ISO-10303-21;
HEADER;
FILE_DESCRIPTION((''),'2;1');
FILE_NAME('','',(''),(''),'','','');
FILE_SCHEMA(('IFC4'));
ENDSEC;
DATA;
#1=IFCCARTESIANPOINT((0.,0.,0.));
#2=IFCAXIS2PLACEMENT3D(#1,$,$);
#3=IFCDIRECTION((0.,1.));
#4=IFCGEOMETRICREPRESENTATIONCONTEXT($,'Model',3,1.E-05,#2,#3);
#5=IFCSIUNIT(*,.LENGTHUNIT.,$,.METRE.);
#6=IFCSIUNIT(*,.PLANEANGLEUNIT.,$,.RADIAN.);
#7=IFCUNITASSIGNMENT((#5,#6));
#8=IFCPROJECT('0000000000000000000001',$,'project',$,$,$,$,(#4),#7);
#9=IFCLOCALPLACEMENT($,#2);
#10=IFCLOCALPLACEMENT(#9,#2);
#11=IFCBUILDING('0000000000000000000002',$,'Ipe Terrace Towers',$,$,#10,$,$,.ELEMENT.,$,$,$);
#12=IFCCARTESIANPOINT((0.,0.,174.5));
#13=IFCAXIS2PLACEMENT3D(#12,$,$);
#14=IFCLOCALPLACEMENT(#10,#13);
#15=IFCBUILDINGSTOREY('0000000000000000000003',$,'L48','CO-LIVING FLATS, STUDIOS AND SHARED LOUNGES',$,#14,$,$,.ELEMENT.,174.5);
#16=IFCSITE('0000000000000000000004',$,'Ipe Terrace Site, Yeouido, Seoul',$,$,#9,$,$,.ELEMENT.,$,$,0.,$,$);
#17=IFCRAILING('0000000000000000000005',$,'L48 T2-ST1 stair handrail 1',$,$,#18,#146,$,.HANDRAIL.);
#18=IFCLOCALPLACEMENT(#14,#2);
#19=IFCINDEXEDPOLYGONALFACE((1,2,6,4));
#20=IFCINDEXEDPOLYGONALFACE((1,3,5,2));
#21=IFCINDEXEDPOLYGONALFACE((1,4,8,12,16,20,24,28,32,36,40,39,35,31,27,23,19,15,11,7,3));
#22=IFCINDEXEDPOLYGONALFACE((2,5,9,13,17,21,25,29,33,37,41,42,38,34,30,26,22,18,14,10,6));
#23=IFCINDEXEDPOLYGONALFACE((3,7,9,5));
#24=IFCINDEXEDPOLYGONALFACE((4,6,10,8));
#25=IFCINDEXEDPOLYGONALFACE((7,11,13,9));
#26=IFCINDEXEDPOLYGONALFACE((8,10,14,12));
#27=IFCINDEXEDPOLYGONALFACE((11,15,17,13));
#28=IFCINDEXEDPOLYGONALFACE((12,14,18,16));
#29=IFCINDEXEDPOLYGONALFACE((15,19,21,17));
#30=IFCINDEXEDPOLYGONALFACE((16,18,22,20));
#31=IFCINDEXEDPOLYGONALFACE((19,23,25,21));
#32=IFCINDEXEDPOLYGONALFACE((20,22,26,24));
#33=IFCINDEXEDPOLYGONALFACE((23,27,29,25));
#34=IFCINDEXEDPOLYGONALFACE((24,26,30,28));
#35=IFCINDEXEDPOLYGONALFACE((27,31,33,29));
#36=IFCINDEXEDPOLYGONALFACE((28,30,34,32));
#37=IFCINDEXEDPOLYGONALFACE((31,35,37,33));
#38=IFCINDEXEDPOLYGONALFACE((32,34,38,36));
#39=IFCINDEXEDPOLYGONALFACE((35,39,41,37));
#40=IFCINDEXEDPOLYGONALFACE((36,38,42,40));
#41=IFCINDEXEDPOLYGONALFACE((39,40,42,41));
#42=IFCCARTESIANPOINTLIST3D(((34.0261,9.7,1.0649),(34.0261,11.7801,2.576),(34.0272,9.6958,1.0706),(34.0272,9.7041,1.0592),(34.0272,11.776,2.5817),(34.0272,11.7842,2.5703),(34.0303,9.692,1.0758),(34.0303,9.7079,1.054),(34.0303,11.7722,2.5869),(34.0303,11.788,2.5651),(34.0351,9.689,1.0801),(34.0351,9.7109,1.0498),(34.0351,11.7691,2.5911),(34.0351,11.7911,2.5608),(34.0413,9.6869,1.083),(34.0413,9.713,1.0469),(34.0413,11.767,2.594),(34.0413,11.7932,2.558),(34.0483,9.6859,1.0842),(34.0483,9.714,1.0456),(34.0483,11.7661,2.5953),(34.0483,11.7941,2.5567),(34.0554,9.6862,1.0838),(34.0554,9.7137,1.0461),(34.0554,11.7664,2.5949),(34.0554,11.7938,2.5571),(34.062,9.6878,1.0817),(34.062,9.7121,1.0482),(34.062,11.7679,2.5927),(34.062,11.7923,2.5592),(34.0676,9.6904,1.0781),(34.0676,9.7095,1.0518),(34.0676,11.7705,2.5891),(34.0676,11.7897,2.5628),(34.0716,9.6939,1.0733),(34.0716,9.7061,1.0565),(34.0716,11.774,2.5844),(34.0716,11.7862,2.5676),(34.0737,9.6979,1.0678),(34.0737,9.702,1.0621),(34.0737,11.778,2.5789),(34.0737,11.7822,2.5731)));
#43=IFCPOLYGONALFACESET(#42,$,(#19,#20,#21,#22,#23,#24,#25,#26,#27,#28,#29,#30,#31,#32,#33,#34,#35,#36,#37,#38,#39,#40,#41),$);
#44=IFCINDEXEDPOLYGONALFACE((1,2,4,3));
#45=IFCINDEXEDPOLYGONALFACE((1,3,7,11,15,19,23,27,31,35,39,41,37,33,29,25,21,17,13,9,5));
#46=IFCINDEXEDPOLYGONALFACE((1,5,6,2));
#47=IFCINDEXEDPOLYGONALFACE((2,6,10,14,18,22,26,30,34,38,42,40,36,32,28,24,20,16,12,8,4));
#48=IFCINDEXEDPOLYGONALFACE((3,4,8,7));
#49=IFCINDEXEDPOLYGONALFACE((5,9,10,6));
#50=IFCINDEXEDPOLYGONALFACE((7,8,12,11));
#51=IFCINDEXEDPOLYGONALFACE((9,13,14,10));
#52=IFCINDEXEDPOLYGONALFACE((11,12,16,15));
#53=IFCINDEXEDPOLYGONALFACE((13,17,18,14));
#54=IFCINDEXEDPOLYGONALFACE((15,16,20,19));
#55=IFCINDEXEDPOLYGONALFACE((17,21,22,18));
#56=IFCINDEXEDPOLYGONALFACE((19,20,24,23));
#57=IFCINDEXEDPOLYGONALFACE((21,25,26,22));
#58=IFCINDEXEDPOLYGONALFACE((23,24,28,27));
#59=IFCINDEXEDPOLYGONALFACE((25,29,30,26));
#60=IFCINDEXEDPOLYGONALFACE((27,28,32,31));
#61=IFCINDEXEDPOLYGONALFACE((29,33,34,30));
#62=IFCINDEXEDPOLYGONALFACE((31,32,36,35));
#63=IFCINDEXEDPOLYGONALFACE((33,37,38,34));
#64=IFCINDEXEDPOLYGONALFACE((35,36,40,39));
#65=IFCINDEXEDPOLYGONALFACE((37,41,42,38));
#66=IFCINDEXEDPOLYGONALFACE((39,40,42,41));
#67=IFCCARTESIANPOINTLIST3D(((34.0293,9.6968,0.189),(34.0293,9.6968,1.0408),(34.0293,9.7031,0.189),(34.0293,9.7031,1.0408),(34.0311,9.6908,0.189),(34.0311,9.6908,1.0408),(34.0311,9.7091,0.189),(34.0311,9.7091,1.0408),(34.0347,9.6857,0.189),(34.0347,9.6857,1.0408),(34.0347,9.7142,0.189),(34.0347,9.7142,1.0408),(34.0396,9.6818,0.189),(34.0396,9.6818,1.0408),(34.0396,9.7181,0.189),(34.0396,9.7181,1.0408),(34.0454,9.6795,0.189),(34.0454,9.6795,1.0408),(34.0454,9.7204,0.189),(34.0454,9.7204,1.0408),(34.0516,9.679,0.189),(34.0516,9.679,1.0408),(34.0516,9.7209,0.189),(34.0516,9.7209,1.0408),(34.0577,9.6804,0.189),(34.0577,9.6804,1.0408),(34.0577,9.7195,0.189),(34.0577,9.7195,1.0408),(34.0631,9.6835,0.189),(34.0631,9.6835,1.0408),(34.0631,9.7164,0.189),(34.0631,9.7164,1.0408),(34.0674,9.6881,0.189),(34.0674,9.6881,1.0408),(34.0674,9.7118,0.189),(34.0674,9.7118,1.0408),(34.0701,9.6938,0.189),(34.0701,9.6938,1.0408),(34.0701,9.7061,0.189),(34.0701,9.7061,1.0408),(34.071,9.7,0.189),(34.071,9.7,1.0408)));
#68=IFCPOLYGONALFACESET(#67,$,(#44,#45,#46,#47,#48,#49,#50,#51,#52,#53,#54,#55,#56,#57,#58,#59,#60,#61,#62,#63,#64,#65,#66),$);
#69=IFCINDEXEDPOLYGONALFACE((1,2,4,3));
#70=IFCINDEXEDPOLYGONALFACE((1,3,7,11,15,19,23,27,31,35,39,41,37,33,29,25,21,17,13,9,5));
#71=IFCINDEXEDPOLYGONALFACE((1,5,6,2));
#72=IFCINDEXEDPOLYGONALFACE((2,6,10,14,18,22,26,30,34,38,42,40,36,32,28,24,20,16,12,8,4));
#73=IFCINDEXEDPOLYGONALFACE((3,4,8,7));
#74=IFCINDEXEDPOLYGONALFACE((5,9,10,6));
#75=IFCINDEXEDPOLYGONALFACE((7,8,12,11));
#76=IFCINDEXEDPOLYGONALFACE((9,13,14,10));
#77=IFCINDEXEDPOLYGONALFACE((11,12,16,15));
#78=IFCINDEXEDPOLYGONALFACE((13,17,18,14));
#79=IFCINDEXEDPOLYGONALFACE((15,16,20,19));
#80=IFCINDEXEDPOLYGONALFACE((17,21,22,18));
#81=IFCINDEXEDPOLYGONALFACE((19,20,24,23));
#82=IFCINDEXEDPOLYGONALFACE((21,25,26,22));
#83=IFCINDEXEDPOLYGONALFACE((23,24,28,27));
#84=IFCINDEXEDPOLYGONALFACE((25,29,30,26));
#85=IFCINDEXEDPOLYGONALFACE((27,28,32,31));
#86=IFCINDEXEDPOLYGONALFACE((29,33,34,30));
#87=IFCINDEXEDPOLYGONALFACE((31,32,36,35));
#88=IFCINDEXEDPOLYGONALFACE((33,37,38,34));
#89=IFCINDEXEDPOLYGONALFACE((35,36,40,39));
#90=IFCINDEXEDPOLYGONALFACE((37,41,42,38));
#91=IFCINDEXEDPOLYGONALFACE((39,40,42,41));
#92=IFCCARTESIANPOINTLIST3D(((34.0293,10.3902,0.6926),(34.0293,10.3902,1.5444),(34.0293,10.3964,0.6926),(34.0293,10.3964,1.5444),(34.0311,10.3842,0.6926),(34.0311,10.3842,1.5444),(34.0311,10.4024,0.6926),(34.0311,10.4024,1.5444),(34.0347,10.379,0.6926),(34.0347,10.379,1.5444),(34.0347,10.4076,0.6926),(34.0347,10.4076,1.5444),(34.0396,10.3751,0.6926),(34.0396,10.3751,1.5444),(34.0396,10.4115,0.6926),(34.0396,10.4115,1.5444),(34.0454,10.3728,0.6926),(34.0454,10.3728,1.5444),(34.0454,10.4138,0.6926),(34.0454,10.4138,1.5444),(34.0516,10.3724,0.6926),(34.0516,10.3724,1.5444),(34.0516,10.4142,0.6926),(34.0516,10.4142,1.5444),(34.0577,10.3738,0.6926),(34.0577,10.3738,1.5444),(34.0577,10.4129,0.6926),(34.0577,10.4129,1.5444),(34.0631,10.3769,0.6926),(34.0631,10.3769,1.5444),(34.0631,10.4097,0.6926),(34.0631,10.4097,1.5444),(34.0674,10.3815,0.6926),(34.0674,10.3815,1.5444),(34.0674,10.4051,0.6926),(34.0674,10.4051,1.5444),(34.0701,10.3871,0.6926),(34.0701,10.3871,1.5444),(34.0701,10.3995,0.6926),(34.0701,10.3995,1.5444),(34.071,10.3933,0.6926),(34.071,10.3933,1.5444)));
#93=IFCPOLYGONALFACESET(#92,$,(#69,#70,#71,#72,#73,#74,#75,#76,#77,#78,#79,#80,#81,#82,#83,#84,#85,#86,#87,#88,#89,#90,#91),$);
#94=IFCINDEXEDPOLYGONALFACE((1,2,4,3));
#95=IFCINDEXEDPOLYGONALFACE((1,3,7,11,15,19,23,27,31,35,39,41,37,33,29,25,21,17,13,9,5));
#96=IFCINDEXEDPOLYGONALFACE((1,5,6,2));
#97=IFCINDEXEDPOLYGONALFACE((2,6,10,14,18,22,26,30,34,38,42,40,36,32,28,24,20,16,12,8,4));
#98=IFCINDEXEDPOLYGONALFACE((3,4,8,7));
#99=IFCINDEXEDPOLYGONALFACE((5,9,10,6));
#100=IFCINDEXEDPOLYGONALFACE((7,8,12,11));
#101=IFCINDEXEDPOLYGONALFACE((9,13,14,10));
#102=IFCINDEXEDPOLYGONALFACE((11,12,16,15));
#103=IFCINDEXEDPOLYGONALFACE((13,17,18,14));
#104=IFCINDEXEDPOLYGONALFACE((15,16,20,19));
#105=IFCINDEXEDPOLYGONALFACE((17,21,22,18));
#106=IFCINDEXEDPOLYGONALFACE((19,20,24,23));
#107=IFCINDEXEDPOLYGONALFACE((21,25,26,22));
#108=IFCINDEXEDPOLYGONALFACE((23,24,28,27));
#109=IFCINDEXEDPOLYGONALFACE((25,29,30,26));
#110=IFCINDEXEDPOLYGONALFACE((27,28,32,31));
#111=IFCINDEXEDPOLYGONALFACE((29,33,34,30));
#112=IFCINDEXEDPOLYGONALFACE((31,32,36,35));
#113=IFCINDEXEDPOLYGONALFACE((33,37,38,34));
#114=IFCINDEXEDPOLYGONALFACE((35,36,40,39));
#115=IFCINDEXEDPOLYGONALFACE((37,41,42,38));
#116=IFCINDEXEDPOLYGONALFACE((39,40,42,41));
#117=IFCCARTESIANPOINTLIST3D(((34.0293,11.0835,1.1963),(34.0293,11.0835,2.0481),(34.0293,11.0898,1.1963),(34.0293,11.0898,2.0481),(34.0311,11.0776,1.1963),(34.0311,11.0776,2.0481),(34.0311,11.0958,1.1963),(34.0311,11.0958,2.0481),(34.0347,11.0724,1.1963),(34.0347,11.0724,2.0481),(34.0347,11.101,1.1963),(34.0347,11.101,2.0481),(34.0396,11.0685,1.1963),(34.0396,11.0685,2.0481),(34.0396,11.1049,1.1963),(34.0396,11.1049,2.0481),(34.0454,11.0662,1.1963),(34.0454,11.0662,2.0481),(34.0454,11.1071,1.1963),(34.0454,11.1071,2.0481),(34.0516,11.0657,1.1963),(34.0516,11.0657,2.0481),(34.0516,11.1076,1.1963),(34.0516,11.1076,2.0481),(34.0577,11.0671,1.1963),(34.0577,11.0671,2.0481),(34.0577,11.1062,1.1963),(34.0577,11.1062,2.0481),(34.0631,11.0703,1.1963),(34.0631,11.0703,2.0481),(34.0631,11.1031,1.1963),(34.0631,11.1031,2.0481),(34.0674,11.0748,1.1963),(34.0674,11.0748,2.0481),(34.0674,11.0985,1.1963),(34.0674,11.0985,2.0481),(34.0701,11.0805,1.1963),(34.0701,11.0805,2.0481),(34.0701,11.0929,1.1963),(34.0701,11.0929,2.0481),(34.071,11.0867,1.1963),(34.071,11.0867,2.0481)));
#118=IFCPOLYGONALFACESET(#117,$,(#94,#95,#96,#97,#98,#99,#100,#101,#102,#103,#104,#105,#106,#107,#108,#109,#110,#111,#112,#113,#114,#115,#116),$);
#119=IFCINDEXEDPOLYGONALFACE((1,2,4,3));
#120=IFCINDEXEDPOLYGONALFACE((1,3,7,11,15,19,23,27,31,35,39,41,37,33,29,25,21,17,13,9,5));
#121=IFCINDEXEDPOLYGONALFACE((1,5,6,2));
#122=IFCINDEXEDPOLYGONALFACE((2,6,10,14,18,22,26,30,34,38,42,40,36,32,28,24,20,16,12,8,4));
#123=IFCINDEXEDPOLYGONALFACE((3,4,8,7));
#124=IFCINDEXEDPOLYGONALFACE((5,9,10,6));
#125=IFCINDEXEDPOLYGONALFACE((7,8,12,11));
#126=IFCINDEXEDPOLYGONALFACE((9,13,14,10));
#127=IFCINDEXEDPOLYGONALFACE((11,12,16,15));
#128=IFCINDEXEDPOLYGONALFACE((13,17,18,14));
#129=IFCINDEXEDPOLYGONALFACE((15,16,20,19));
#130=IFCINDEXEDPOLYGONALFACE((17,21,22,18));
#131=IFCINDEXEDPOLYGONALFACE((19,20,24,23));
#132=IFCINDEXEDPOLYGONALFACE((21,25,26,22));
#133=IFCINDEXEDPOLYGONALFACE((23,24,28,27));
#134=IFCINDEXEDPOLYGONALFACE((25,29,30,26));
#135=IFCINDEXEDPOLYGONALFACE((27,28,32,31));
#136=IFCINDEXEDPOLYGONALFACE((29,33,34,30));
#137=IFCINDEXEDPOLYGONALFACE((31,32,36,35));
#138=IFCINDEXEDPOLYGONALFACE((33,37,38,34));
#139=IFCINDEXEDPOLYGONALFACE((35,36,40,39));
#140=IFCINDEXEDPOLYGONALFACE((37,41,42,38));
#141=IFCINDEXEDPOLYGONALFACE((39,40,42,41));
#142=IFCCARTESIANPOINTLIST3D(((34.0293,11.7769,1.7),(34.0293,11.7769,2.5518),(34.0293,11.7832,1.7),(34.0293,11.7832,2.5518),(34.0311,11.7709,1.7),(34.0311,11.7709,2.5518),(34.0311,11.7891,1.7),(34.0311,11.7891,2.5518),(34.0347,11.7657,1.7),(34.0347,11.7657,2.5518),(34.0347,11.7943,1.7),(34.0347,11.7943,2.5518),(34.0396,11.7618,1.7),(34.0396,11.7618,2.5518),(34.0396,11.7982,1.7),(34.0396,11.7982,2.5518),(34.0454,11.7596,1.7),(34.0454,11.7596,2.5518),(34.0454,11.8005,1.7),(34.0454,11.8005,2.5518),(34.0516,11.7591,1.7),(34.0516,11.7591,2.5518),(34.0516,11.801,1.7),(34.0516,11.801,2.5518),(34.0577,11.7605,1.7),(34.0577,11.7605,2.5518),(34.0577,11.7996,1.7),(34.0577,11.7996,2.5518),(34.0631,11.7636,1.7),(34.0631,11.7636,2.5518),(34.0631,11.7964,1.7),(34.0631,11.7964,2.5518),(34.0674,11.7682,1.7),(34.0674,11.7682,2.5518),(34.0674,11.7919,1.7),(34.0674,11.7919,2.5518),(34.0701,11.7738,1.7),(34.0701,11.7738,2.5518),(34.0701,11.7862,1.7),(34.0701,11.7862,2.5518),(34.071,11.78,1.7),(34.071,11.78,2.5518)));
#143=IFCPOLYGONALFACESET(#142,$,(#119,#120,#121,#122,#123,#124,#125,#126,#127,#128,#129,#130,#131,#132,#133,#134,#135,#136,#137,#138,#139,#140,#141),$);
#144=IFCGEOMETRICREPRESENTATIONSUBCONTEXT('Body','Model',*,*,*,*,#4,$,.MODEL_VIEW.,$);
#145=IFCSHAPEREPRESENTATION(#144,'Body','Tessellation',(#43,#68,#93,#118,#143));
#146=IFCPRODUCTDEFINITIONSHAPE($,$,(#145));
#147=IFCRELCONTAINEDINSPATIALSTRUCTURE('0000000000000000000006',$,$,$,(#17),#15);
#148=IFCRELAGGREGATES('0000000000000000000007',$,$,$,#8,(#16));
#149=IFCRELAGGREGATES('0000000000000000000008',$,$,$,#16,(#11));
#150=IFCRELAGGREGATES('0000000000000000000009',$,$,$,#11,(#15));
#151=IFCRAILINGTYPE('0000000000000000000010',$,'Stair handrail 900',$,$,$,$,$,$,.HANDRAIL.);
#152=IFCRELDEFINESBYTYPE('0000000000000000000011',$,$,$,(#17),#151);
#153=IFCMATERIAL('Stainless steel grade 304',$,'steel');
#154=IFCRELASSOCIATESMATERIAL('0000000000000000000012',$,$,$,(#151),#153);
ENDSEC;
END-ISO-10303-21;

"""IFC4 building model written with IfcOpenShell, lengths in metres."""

from ifc_helpers import new_model, si_unit, direction, frame, origin, origin_2d, place, context, subcontext, project, spatial, circle, extrude, material, type_object, element, save


model = new_model("IFC4")

# Units and contexts
model_context = context("Model", 3, precision=1e-05, world=origin(), true_north=direction((0.0, 1.0)))
body_context = subcontext(model_context, "Body", "Model", "MODEL_VIEW")
ifc_project = project(units=[si_unit("LENGTHUNIT", "METRE"), si_unit("PLANEANGLEUNIT", "RADIAN")], contexts=[model_context])

# Site, building, storey
site_placement = place(None, origin())
site = spatial("IfcSite", under=ifc_project, at=site_placement, Name="Ipe Terrace Site, Yeouido, Seoul", CompositionType="ELEMENT", RefElevation=0.0)
building_placement = place(site_placement, origin())
building = spatial("IfcBuilding", under=site, at=building_placement, Name="Ipe Terrace Towers", CompositionType="ELEMENT")
storey_placement = place(building_placement, frame((0.0, 0.0, 174.5)))
storey = spatial("IfcBuildingStorey", under=building, at=storey_placement, Name="L48", Description="CO-LIVING FLATS, STUDIOS AND SHARED LOUNGES", CompositionType="ELEMENT", Elevation=174.5)

# Railing
ifc_material_1 = material(Name="Stainless steel grade 304", Category="steel")
railing_type_1 = type_object("IfcRailingType", Name="Stair handrail 900", PredefinedType="HANDRAIL", material=ifc_material_1)
railing_1_placement = place(storey_placement, frame((34.05, 9.7, 0.189)))
element("IfcRailing", 1, at=railing_1_placement, inside=storey, type_object=railing_type_1, Name="L48 T2-ST1 stair handrail 1", PredefinedType="HANDRAIL", context=body_context, shape_type="SweptSolid", body=[
    extrude(circle(Radius=0.0239, at=origin_2d()), frame((0.0, 0.0, 0.876), z_axis=(0.0, 0.809069, 0.587714), x_axis=(-1.0, 0.0, 0.0)), (0.0, 0.0, 1.0), 2.571),
    extrude(circle(Radius=0.021, at=origin_2d()), origin(), (0.0, 0.0, 1.0), 0.8518),
    extrude(circle(Radius=0.021, at=origin_2d()), frame((0.0, 0.6934, 0.5037)), (0.0, 0.0, 1.0), 0.8518),
    extrude(circle(Radius=0.021, at=origin_2d()), frame((0.0, 1.3867, 1.0073)), (0.0, 0.0, 1.0), 0.8518),
    extrude(circle(Radius=0.021, at=origin_2d()), frame((0.0, 2.0801, 1.511)), (0.0, 0.0, 1.0), 0.8518),
])

save(model, "model.ifc")
